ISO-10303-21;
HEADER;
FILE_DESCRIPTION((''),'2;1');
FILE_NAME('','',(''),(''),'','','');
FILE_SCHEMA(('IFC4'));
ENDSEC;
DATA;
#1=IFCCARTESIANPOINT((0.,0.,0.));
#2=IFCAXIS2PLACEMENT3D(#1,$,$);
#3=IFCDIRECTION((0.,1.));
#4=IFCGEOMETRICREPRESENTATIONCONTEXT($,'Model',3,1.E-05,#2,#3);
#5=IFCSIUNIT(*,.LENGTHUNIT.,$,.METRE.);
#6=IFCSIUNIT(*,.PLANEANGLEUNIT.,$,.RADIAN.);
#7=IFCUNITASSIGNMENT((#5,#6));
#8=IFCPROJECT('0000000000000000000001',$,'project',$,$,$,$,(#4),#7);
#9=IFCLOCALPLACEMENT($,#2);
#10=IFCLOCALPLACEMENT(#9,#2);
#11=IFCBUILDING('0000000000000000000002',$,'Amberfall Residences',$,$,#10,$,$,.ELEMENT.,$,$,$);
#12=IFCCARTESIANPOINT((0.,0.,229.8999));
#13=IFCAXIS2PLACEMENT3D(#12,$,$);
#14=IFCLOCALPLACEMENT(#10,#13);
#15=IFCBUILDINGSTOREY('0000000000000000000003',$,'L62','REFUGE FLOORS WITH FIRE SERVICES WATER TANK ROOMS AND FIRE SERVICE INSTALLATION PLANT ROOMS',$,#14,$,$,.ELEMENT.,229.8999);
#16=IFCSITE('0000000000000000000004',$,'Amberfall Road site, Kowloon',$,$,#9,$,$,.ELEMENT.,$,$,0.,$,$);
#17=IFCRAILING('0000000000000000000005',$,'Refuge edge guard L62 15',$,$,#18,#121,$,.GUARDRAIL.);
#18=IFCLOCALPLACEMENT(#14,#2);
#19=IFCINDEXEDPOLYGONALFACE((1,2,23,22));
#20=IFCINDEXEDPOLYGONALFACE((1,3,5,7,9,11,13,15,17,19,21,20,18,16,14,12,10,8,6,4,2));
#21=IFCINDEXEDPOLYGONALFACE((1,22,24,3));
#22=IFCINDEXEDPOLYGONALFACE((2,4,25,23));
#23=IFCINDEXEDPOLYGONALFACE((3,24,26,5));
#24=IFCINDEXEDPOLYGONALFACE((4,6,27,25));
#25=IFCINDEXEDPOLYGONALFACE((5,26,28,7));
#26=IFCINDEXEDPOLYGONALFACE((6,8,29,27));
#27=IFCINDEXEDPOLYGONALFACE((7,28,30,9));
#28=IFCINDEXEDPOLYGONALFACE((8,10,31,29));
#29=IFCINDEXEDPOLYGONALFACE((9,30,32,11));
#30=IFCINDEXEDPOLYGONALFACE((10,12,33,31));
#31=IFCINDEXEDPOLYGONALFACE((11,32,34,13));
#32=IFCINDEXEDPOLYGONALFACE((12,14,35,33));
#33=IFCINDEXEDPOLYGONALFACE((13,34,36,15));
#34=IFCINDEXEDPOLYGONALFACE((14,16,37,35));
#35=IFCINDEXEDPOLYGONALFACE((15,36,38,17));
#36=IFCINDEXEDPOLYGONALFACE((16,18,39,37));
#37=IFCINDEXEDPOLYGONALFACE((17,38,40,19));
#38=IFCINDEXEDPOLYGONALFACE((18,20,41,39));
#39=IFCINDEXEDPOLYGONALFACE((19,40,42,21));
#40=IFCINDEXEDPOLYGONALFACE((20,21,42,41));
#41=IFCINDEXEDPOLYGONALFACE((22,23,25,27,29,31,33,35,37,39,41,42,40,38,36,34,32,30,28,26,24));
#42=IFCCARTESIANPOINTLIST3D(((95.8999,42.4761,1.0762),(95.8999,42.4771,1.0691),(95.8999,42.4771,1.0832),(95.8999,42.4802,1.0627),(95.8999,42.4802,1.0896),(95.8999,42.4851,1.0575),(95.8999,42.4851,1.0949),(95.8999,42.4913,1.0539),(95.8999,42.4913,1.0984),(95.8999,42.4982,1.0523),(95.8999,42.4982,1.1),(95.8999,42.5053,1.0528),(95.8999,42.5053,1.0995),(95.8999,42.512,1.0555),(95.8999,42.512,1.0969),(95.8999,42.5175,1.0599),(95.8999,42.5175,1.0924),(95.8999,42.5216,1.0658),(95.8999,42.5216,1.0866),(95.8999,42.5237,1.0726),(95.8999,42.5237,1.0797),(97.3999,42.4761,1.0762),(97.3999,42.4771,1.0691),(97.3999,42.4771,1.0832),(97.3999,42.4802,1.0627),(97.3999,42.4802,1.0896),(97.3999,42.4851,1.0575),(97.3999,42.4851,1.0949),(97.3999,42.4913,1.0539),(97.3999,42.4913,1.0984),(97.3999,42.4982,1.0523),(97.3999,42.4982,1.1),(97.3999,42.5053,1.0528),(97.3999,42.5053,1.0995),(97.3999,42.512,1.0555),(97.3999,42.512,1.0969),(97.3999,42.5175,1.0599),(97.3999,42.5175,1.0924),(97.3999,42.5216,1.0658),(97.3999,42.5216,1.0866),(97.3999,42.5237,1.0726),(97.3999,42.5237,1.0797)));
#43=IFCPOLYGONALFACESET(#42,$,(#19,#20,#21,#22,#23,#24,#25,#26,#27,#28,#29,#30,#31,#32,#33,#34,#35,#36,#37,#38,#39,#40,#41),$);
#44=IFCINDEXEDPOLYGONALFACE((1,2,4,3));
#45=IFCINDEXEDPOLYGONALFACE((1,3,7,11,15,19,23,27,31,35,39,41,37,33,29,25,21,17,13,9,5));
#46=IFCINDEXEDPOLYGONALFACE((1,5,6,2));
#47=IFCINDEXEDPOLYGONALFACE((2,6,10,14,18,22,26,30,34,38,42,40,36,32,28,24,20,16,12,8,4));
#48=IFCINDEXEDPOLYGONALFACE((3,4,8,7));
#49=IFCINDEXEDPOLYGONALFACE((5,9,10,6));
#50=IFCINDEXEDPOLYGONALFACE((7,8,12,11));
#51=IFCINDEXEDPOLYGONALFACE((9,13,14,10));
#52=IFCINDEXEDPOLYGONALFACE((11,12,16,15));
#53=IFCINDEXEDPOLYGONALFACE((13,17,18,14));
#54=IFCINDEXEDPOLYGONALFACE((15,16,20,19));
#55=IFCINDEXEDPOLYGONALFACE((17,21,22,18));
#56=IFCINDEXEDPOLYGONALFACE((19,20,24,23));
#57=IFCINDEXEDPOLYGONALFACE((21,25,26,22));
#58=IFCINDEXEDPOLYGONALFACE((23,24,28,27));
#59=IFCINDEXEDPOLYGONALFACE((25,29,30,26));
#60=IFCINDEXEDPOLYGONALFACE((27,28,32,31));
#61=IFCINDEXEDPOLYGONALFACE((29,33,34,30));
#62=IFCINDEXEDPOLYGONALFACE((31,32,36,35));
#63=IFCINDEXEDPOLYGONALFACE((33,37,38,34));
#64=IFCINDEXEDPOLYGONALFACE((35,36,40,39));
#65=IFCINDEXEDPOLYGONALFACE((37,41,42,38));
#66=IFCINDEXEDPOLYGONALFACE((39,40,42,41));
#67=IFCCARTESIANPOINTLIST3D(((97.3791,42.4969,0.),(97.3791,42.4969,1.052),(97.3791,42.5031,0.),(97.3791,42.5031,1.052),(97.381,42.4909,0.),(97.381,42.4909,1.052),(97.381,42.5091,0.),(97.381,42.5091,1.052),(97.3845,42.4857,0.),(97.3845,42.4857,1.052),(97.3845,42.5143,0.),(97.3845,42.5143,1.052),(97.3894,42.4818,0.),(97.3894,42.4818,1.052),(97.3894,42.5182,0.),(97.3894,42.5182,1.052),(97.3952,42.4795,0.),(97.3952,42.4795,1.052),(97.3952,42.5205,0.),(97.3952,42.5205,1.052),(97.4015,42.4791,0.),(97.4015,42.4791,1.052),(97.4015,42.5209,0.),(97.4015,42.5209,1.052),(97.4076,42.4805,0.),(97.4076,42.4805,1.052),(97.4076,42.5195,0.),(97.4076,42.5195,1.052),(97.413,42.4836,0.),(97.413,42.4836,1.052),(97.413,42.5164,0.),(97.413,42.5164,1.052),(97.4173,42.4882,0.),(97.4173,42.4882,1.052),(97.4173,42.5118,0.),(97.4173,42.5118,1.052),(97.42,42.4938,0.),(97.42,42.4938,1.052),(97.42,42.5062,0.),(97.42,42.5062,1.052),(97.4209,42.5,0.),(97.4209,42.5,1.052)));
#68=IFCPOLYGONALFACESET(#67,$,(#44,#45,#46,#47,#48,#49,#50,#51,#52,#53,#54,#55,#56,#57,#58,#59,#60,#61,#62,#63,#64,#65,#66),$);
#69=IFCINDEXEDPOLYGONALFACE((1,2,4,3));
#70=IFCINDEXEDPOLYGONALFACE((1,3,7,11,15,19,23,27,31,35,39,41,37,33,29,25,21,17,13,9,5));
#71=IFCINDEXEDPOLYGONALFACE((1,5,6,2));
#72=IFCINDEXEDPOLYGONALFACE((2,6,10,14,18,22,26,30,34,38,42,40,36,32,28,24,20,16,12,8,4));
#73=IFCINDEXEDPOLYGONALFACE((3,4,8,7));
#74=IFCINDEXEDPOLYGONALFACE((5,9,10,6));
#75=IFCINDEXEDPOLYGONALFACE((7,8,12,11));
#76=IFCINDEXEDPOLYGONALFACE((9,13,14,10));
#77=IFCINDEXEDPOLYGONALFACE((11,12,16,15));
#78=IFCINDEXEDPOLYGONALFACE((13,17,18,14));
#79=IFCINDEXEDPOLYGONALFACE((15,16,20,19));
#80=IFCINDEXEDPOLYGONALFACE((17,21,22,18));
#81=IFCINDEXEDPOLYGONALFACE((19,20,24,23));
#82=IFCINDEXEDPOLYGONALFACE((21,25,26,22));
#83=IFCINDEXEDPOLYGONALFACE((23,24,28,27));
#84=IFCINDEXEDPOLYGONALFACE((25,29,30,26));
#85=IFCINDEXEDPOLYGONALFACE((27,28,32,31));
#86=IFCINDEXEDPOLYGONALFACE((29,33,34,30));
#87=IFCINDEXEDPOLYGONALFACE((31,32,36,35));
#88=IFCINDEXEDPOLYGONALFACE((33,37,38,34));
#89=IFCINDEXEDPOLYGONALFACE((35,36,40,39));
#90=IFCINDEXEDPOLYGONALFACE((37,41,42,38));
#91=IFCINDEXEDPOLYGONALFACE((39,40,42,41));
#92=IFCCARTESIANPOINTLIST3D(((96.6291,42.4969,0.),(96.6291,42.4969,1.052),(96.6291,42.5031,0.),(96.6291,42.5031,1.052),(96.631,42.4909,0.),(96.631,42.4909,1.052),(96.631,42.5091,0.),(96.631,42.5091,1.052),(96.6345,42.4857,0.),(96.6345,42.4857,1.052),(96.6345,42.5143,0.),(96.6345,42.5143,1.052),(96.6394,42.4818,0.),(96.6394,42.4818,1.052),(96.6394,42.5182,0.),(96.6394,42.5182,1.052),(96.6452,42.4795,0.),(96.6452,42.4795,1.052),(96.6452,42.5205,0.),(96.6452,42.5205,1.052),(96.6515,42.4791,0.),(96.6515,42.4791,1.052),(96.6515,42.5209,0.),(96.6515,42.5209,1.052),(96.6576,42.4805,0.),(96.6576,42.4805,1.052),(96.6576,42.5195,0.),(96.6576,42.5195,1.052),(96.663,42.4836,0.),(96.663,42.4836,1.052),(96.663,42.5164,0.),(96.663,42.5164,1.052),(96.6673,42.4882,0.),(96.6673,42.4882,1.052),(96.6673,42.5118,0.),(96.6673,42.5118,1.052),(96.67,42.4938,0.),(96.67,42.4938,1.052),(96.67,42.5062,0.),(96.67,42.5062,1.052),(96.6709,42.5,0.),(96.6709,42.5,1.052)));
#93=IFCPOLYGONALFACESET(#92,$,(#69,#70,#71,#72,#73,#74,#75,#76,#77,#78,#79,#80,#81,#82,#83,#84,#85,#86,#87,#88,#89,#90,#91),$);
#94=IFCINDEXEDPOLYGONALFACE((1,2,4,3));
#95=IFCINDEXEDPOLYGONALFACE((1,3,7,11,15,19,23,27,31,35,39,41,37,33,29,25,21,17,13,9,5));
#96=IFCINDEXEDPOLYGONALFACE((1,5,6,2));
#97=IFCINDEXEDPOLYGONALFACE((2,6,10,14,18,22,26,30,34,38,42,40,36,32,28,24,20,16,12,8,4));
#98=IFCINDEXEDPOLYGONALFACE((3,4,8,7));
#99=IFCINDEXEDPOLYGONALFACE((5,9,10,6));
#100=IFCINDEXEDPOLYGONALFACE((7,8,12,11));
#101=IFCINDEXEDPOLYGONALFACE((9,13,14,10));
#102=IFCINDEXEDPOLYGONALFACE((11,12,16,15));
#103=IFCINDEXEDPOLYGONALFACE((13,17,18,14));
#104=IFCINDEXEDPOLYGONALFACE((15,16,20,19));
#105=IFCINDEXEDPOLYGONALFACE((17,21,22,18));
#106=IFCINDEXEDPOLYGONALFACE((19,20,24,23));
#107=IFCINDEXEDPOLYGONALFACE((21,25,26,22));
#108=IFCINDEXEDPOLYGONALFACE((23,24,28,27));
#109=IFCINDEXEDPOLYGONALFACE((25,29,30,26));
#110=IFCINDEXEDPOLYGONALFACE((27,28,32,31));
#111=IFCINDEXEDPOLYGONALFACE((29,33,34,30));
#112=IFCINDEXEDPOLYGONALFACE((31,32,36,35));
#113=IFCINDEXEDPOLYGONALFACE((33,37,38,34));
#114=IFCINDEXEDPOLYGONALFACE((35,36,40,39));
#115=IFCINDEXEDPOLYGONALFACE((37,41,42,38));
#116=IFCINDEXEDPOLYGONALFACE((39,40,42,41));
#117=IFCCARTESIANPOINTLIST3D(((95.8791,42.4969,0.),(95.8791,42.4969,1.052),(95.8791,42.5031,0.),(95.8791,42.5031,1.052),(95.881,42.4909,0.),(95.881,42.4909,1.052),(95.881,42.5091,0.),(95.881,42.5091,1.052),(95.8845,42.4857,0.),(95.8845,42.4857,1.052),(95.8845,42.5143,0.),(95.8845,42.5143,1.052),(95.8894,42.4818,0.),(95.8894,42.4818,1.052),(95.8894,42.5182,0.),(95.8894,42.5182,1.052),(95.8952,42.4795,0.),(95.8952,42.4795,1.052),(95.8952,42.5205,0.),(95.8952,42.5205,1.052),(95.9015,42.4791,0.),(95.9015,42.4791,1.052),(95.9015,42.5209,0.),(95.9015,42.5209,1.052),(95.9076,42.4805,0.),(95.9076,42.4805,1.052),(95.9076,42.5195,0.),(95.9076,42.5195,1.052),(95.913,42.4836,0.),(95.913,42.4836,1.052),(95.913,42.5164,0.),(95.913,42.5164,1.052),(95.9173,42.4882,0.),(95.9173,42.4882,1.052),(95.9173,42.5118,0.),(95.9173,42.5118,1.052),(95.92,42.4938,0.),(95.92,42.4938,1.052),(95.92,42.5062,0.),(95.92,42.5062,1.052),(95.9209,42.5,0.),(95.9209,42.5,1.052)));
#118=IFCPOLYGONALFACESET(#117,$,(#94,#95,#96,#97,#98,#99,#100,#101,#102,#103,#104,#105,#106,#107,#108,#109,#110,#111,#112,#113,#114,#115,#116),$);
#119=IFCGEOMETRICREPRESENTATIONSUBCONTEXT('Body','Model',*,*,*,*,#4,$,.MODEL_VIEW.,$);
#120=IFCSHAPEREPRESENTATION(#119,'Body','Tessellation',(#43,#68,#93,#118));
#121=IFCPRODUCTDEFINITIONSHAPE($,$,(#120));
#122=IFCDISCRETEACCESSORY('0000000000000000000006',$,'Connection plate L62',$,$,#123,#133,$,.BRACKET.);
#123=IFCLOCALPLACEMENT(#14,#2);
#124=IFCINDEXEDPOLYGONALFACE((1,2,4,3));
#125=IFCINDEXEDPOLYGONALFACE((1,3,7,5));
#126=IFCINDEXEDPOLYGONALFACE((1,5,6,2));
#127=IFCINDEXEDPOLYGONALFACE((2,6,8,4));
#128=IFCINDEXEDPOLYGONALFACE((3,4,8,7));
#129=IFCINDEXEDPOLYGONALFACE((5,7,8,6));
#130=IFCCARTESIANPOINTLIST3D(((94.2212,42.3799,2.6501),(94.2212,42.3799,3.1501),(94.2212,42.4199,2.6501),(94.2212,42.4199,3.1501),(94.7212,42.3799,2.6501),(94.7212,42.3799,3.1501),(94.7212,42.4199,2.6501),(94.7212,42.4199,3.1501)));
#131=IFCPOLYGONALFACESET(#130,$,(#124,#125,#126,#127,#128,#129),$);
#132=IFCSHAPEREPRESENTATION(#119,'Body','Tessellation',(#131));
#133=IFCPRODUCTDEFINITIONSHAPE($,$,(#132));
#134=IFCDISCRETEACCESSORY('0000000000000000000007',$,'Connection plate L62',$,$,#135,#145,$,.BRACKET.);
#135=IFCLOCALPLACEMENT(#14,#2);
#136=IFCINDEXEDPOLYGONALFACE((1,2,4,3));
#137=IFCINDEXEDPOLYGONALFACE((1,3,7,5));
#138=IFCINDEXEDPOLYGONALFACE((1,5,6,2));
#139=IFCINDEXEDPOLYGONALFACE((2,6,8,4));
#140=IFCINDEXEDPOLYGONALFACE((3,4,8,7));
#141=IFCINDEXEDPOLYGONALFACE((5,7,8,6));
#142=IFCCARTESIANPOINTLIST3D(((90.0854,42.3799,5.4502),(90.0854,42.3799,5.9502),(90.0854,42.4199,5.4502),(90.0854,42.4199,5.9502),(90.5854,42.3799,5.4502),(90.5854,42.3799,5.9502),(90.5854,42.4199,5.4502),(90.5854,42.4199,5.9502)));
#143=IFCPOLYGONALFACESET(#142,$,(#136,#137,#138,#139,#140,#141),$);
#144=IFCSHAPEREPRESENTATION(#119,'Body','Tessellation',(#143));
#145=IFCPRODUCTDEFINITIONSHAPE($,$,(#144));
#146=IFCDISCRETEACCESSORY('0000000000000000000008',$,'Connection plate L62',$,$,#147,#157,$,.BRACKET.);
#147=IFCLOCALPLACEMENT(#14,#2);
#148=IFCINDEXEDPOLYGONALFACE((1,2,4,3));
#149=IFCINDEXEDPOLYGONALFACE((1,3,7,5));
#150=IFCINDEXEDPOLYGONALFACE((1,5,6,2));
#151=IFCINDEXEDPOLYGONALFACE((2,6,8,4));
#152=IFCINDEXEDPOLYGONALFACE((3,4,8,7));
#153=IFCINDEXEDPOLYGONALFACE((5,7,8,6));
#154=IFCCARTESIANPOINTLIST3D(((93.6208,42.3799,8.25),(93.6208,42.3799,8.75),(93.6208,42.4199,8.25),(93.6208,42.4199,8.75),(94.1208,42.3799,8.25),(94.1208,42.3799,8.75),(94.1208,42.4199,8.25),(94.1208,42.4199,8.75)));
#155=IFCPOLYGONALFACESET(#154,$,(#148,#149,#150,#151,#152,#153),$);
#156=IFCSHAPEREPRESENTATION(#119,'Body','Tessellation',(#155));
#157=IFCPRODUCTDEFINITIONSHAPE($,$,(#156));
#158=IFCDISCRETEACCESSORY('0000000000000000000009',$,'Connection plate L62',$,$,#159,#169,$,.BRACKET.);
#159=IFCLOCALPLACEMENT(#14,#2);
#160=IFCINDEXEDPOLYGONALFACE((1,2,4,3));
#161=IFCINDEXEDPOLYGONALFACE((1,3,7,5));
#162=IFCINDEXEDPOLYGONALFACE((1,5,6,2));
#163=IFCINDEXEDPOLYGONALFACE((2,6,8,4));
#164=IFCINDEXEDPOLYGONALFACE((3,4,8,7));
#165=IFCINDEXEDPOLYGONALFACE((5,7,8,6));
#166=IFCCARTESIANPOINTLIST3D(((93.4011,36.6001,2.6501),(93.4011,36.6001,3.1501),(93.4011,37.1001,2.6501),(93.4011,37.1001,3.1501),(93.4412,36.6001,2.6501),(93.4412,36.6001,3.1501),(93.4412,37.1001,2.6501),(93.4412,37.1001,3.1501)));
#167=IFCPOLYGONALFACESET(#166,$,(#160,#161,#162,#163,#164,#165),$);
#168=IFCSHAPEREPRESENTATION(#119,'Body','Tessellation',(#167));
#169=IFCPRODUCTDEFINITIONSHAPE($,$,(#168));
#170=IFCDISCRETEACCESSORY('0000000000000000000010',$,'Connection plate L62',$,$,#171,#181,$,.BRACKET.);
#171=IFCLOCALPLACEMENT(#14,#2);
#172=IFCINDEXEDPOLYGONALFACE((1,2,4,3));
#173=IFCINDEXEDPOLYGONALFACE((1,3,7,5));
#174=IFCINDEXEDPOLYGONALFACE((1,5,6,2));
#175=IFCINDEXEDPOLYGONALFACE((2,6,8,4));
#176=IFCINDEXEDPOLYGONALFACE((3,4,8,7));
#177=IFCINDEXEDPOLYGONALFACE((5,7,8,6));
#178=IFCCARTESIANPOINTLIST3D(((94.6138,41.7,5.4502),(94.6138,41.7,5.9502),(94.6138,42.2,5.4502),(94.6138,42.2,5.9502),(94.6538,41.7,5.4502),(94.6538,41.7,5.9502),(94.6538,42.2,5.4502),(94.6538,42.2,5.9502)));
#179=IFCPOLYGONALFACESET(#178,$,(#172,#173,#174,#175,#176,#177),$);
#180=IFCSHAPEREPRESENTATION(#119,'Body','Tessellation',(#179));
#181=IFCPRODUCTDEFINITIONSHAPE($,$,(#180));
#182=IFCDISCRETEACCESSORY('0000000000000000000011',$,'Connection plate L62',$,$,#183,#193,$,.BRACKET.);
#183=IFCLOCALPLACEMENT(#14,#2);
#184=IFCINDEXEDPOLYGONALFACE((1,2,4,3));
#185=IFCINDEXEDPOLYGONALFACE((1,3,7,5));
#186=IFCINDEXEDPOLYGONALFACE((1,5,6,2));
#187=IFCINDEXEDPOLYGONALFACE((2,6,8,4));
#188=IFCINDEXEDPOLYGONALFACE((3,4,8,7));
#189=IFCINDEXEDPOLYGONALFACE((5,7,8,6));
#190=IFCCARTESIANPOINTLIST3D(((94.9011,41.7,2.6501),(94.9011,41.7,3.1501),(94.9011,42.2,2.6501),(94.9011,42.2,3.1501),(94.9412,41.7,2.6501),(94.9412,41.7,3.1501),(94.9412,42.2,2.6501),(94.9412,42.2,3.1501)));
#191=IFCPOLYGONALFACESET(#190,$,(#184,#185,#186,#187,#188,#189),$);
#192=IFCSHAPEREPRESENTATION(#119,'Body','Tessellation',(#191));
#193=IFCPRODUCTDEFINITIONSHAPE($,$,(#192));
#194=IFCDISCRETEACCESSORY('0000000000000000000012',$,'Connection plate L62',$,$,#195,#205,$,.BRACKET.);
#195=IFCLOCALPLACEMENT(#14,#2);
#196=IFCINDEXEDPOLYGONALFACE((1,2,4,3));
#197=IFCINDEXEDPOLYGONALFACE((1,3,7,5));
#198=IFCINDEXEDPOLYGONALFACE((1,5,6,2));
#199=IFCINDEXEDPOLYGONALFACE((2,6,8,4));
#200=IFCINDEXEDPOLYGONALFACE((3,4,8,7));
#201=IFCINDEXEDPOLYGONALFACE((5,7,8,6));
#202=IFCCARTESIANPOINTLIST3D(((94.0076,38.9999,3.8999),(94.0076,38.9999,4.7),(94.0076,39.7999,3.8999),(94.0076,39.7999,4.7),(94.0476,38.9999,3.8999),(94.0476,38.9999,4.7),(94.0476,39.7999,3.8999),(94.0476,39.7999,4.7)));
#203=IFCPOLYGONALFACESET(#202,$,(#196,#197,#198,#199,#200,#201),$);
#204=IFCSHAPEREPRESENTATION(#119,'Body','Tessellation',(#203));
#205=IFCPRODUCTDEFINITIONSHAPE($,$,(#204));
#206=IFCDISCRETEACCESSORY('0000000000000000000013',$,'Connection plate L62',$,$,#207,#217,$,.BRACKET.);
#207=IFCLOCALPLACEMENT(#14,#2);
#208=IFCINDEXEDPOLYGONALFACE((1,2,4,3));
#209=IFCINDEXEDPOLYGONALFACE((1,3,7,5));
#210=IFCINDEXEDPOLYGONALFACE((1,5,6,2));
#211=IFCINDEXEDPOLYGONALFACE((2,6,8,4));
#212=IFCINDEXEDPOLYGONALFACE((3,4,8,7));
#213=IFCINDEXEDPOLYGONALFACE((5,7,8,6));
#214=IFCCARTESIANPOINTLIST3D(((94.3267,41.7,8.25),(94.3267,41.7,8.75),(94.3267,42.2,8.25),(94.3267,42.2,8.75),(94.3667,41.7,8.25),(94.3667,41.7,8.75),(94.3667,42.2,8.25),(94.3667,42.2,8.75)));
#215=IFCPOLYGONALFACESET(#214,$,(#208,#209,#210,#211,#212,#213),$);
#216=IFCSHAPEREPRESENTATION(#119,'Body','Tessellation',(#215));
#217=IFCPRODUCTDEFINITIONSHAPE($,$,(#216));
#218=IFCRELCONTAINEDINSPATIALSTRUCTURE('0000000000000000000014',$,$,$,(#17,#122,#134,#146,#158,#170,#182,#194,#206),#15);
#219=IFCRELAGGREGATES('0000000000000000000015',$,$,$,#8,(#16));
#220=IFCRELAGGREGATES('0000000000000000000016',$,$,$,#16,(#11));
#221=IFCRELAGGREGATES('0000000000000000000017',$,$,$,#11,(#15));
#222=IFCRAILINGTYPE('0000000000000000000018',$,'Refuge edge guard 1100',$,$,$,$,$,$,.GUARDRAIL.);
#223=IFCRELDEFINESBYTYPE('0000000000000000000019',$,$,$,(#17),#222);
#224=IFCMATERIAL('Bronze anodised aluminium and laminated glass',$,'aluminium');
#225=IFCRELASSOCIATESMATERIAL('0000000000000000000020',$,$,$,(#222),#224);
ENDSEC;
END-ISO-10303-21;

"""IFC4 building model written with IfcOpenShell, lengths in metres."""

from ifc_helpers import new_model, si_unit, direction, frame, origin, origin_2d, place, context, subcontext, project, spatial, rectangle, circle, extrude, material, type_object, element, save


model = new_model("IFC4")

# Units and contexts
model_context = context("Model", 3, precision=1e-05, world=origin(), true_north=direction((0.0, 1.0)))
body_context = subcontext(model_context, "Body", "Model", "MODEL_VIEW")
ifc_project = project(units=[si_unit("LENGTHUNIT", "METRE"), si_unit("PLANEANGLEUNIT", "RADIAN")], contexts=[model_context])

# Site, building, storey
site_placement = place(None, origin())
site = spatial("IfcSite", under=ifc_project, at=site_placement, Name="Amberfall Road site, Kowloon", CompositionType="ELEMENT", RefElevation=0.0)
building_placement = place(site_placement, origin())
building = spatial("IfcBuilding", under=site, at=building_placement, Name="Amberfall Residences", CompositionType="ELEMENT")
storey_placement = place(building_placement, frame((0.0, 0.0, 229.8999)))
storey = spatial("IfcBuildingStorey", under=building, at=storey_placement, Name="L62", Description="REFUGE FLOORS WITH FIRE SERVICES WATER TANK ROOMS AND FIRE SERVICE INSTALLATION PLANT ROOMS", CompositionType="ELEMENT", Elevation=229.8999)

# Railing
ifc_material_1 = material(Name="Bronze anodised aluminium and laminated glass", Category="aluminium")
railing_type = type_object("IfcRailingType", Name="Refuge edge guard 1100", PredefinedType="GUARDRAIL", material=ifc_material_1)
railing_1_placement = place(storey_placement, frame((97.3999, 42.5, 0.0)))
element("IfcRailing", 1, at=railing_1_placement, inside=storey, type_object=railing_type, Name="Refuge edge guard L62 15", PredefinedType="GUARDRAIL", context=body_context, shape_type="SweptSolid", body=[
    extrude(circle(Radius=0.0239, at=origin_2d()), frame((0.0, 0.0, 1.0762), z_axis=(-1.0, 0.0, 0.0), x_axis=(0.0, -1.0, 0.0)), (0.0, 0.0, 1.0), 1.5),
    extrude(circle(Radius=0.021, at=origin_2d()), origin(), (0.0, 0.0, 1.0), 1.052),
    extrude(circle(Radius=0.021, at=origin_2d()), frame((-0.75, 0.0, 0.0)), (0.0, 0.0, 1.0), 1.052),
    extrude(circle(Radius=0.021, at=origin_2d()), frame((-1.5, 0.0, 0.0)), (0.0, 0.0, 1.0), 1.052),
])

# Discrete accessories
for number, where, z_axis, x_axis, name in (
    (2, (94.4712, 42.3999, 2.6501), (0.0, 0.0, 1.0), (1.0, 0.0, 0.0), "Connection plate L62"),
    (3, (90.3354, 42.3999, 5.4502), (0.0, 0.0, 1.0), (1.0, 0.0, 0.0), "Connection plate L62"),
    (4, (93.8708, 42.3999, 8.25), (0.0, 0.0, 1.0), (1.0, 0.0, 0.0), "Connection plate L62"),
    (5, (93.4211, 36.8501, 2.6501), (0.0, 0.0, 1.0), (0.0, 1.0, 0.0), "Connection plate L62"),
    (6, (94.6338, 41.95, 5.4502), (0.0, 0.0, 1.0), (0.0, 1.0, 0.0), "Connection plate L62"),
    (7, (94.9211, 41.95, 2.6501), (0.0, 0.0, 1.0), (0.0, 1.0, 0.0), "Connection plate L62"),
):
    element("IfcDiscreteAccessory", number, at=place(storey_placement, frame(where, z_axis=z_axis, x_axis=x_axis)), inside=storey, Name=name, PredefinedType="BRACKET", context=body_context, shape_type="SweptSolid", body=[
        extrude(rectangle(XDim=0.5, YDim=0.04, at=origin_2d()), origin(), (0.0, 0.0, 1.0), 0.5),
    ])
discrete_accessory_1_placement = place(storey_placement, frame((94.0276, 39.3999, 3.8999), z_axis=(0.0, 0.0, 1.0), x_axis=(0.0, 1.0, 0.0)))
element("IfcDiscreteAccessory", 8, at=discrete_accessory_1_placement, inside=storey, Name="Connection plate L62", PredefinedType="BRACKET", context=body_context, shape_type="SweptSolid", body=[
    extrude(rectangle(XDim=0.8, YDim=0.04, at=origin_2d()), origin(), (0.0, 0.0, 1.0), 0.8),
])
discrete_accessory_2_placement = place(storey_placement, frame((94.3467, 41.95, 8.25), z_axis=(0.0, 0.0, 1.0), x_axis=(0.0, 1.0, 0.0)))
element("IfcDiscreteAccessory", 9, at=discrete_accessory_2_placement, inside=storey, Name="Connection plate L62", PredefinedType="BRACKET", context=body_context, shape_type="SweptSolid", body=[
    extrude(rectangle(XDim=0.5, YDim=0.04, at=origin_2d()), origin(), (0.0, 0.0, 1.0), 0.5),
])

save(model, "model.ifc")
